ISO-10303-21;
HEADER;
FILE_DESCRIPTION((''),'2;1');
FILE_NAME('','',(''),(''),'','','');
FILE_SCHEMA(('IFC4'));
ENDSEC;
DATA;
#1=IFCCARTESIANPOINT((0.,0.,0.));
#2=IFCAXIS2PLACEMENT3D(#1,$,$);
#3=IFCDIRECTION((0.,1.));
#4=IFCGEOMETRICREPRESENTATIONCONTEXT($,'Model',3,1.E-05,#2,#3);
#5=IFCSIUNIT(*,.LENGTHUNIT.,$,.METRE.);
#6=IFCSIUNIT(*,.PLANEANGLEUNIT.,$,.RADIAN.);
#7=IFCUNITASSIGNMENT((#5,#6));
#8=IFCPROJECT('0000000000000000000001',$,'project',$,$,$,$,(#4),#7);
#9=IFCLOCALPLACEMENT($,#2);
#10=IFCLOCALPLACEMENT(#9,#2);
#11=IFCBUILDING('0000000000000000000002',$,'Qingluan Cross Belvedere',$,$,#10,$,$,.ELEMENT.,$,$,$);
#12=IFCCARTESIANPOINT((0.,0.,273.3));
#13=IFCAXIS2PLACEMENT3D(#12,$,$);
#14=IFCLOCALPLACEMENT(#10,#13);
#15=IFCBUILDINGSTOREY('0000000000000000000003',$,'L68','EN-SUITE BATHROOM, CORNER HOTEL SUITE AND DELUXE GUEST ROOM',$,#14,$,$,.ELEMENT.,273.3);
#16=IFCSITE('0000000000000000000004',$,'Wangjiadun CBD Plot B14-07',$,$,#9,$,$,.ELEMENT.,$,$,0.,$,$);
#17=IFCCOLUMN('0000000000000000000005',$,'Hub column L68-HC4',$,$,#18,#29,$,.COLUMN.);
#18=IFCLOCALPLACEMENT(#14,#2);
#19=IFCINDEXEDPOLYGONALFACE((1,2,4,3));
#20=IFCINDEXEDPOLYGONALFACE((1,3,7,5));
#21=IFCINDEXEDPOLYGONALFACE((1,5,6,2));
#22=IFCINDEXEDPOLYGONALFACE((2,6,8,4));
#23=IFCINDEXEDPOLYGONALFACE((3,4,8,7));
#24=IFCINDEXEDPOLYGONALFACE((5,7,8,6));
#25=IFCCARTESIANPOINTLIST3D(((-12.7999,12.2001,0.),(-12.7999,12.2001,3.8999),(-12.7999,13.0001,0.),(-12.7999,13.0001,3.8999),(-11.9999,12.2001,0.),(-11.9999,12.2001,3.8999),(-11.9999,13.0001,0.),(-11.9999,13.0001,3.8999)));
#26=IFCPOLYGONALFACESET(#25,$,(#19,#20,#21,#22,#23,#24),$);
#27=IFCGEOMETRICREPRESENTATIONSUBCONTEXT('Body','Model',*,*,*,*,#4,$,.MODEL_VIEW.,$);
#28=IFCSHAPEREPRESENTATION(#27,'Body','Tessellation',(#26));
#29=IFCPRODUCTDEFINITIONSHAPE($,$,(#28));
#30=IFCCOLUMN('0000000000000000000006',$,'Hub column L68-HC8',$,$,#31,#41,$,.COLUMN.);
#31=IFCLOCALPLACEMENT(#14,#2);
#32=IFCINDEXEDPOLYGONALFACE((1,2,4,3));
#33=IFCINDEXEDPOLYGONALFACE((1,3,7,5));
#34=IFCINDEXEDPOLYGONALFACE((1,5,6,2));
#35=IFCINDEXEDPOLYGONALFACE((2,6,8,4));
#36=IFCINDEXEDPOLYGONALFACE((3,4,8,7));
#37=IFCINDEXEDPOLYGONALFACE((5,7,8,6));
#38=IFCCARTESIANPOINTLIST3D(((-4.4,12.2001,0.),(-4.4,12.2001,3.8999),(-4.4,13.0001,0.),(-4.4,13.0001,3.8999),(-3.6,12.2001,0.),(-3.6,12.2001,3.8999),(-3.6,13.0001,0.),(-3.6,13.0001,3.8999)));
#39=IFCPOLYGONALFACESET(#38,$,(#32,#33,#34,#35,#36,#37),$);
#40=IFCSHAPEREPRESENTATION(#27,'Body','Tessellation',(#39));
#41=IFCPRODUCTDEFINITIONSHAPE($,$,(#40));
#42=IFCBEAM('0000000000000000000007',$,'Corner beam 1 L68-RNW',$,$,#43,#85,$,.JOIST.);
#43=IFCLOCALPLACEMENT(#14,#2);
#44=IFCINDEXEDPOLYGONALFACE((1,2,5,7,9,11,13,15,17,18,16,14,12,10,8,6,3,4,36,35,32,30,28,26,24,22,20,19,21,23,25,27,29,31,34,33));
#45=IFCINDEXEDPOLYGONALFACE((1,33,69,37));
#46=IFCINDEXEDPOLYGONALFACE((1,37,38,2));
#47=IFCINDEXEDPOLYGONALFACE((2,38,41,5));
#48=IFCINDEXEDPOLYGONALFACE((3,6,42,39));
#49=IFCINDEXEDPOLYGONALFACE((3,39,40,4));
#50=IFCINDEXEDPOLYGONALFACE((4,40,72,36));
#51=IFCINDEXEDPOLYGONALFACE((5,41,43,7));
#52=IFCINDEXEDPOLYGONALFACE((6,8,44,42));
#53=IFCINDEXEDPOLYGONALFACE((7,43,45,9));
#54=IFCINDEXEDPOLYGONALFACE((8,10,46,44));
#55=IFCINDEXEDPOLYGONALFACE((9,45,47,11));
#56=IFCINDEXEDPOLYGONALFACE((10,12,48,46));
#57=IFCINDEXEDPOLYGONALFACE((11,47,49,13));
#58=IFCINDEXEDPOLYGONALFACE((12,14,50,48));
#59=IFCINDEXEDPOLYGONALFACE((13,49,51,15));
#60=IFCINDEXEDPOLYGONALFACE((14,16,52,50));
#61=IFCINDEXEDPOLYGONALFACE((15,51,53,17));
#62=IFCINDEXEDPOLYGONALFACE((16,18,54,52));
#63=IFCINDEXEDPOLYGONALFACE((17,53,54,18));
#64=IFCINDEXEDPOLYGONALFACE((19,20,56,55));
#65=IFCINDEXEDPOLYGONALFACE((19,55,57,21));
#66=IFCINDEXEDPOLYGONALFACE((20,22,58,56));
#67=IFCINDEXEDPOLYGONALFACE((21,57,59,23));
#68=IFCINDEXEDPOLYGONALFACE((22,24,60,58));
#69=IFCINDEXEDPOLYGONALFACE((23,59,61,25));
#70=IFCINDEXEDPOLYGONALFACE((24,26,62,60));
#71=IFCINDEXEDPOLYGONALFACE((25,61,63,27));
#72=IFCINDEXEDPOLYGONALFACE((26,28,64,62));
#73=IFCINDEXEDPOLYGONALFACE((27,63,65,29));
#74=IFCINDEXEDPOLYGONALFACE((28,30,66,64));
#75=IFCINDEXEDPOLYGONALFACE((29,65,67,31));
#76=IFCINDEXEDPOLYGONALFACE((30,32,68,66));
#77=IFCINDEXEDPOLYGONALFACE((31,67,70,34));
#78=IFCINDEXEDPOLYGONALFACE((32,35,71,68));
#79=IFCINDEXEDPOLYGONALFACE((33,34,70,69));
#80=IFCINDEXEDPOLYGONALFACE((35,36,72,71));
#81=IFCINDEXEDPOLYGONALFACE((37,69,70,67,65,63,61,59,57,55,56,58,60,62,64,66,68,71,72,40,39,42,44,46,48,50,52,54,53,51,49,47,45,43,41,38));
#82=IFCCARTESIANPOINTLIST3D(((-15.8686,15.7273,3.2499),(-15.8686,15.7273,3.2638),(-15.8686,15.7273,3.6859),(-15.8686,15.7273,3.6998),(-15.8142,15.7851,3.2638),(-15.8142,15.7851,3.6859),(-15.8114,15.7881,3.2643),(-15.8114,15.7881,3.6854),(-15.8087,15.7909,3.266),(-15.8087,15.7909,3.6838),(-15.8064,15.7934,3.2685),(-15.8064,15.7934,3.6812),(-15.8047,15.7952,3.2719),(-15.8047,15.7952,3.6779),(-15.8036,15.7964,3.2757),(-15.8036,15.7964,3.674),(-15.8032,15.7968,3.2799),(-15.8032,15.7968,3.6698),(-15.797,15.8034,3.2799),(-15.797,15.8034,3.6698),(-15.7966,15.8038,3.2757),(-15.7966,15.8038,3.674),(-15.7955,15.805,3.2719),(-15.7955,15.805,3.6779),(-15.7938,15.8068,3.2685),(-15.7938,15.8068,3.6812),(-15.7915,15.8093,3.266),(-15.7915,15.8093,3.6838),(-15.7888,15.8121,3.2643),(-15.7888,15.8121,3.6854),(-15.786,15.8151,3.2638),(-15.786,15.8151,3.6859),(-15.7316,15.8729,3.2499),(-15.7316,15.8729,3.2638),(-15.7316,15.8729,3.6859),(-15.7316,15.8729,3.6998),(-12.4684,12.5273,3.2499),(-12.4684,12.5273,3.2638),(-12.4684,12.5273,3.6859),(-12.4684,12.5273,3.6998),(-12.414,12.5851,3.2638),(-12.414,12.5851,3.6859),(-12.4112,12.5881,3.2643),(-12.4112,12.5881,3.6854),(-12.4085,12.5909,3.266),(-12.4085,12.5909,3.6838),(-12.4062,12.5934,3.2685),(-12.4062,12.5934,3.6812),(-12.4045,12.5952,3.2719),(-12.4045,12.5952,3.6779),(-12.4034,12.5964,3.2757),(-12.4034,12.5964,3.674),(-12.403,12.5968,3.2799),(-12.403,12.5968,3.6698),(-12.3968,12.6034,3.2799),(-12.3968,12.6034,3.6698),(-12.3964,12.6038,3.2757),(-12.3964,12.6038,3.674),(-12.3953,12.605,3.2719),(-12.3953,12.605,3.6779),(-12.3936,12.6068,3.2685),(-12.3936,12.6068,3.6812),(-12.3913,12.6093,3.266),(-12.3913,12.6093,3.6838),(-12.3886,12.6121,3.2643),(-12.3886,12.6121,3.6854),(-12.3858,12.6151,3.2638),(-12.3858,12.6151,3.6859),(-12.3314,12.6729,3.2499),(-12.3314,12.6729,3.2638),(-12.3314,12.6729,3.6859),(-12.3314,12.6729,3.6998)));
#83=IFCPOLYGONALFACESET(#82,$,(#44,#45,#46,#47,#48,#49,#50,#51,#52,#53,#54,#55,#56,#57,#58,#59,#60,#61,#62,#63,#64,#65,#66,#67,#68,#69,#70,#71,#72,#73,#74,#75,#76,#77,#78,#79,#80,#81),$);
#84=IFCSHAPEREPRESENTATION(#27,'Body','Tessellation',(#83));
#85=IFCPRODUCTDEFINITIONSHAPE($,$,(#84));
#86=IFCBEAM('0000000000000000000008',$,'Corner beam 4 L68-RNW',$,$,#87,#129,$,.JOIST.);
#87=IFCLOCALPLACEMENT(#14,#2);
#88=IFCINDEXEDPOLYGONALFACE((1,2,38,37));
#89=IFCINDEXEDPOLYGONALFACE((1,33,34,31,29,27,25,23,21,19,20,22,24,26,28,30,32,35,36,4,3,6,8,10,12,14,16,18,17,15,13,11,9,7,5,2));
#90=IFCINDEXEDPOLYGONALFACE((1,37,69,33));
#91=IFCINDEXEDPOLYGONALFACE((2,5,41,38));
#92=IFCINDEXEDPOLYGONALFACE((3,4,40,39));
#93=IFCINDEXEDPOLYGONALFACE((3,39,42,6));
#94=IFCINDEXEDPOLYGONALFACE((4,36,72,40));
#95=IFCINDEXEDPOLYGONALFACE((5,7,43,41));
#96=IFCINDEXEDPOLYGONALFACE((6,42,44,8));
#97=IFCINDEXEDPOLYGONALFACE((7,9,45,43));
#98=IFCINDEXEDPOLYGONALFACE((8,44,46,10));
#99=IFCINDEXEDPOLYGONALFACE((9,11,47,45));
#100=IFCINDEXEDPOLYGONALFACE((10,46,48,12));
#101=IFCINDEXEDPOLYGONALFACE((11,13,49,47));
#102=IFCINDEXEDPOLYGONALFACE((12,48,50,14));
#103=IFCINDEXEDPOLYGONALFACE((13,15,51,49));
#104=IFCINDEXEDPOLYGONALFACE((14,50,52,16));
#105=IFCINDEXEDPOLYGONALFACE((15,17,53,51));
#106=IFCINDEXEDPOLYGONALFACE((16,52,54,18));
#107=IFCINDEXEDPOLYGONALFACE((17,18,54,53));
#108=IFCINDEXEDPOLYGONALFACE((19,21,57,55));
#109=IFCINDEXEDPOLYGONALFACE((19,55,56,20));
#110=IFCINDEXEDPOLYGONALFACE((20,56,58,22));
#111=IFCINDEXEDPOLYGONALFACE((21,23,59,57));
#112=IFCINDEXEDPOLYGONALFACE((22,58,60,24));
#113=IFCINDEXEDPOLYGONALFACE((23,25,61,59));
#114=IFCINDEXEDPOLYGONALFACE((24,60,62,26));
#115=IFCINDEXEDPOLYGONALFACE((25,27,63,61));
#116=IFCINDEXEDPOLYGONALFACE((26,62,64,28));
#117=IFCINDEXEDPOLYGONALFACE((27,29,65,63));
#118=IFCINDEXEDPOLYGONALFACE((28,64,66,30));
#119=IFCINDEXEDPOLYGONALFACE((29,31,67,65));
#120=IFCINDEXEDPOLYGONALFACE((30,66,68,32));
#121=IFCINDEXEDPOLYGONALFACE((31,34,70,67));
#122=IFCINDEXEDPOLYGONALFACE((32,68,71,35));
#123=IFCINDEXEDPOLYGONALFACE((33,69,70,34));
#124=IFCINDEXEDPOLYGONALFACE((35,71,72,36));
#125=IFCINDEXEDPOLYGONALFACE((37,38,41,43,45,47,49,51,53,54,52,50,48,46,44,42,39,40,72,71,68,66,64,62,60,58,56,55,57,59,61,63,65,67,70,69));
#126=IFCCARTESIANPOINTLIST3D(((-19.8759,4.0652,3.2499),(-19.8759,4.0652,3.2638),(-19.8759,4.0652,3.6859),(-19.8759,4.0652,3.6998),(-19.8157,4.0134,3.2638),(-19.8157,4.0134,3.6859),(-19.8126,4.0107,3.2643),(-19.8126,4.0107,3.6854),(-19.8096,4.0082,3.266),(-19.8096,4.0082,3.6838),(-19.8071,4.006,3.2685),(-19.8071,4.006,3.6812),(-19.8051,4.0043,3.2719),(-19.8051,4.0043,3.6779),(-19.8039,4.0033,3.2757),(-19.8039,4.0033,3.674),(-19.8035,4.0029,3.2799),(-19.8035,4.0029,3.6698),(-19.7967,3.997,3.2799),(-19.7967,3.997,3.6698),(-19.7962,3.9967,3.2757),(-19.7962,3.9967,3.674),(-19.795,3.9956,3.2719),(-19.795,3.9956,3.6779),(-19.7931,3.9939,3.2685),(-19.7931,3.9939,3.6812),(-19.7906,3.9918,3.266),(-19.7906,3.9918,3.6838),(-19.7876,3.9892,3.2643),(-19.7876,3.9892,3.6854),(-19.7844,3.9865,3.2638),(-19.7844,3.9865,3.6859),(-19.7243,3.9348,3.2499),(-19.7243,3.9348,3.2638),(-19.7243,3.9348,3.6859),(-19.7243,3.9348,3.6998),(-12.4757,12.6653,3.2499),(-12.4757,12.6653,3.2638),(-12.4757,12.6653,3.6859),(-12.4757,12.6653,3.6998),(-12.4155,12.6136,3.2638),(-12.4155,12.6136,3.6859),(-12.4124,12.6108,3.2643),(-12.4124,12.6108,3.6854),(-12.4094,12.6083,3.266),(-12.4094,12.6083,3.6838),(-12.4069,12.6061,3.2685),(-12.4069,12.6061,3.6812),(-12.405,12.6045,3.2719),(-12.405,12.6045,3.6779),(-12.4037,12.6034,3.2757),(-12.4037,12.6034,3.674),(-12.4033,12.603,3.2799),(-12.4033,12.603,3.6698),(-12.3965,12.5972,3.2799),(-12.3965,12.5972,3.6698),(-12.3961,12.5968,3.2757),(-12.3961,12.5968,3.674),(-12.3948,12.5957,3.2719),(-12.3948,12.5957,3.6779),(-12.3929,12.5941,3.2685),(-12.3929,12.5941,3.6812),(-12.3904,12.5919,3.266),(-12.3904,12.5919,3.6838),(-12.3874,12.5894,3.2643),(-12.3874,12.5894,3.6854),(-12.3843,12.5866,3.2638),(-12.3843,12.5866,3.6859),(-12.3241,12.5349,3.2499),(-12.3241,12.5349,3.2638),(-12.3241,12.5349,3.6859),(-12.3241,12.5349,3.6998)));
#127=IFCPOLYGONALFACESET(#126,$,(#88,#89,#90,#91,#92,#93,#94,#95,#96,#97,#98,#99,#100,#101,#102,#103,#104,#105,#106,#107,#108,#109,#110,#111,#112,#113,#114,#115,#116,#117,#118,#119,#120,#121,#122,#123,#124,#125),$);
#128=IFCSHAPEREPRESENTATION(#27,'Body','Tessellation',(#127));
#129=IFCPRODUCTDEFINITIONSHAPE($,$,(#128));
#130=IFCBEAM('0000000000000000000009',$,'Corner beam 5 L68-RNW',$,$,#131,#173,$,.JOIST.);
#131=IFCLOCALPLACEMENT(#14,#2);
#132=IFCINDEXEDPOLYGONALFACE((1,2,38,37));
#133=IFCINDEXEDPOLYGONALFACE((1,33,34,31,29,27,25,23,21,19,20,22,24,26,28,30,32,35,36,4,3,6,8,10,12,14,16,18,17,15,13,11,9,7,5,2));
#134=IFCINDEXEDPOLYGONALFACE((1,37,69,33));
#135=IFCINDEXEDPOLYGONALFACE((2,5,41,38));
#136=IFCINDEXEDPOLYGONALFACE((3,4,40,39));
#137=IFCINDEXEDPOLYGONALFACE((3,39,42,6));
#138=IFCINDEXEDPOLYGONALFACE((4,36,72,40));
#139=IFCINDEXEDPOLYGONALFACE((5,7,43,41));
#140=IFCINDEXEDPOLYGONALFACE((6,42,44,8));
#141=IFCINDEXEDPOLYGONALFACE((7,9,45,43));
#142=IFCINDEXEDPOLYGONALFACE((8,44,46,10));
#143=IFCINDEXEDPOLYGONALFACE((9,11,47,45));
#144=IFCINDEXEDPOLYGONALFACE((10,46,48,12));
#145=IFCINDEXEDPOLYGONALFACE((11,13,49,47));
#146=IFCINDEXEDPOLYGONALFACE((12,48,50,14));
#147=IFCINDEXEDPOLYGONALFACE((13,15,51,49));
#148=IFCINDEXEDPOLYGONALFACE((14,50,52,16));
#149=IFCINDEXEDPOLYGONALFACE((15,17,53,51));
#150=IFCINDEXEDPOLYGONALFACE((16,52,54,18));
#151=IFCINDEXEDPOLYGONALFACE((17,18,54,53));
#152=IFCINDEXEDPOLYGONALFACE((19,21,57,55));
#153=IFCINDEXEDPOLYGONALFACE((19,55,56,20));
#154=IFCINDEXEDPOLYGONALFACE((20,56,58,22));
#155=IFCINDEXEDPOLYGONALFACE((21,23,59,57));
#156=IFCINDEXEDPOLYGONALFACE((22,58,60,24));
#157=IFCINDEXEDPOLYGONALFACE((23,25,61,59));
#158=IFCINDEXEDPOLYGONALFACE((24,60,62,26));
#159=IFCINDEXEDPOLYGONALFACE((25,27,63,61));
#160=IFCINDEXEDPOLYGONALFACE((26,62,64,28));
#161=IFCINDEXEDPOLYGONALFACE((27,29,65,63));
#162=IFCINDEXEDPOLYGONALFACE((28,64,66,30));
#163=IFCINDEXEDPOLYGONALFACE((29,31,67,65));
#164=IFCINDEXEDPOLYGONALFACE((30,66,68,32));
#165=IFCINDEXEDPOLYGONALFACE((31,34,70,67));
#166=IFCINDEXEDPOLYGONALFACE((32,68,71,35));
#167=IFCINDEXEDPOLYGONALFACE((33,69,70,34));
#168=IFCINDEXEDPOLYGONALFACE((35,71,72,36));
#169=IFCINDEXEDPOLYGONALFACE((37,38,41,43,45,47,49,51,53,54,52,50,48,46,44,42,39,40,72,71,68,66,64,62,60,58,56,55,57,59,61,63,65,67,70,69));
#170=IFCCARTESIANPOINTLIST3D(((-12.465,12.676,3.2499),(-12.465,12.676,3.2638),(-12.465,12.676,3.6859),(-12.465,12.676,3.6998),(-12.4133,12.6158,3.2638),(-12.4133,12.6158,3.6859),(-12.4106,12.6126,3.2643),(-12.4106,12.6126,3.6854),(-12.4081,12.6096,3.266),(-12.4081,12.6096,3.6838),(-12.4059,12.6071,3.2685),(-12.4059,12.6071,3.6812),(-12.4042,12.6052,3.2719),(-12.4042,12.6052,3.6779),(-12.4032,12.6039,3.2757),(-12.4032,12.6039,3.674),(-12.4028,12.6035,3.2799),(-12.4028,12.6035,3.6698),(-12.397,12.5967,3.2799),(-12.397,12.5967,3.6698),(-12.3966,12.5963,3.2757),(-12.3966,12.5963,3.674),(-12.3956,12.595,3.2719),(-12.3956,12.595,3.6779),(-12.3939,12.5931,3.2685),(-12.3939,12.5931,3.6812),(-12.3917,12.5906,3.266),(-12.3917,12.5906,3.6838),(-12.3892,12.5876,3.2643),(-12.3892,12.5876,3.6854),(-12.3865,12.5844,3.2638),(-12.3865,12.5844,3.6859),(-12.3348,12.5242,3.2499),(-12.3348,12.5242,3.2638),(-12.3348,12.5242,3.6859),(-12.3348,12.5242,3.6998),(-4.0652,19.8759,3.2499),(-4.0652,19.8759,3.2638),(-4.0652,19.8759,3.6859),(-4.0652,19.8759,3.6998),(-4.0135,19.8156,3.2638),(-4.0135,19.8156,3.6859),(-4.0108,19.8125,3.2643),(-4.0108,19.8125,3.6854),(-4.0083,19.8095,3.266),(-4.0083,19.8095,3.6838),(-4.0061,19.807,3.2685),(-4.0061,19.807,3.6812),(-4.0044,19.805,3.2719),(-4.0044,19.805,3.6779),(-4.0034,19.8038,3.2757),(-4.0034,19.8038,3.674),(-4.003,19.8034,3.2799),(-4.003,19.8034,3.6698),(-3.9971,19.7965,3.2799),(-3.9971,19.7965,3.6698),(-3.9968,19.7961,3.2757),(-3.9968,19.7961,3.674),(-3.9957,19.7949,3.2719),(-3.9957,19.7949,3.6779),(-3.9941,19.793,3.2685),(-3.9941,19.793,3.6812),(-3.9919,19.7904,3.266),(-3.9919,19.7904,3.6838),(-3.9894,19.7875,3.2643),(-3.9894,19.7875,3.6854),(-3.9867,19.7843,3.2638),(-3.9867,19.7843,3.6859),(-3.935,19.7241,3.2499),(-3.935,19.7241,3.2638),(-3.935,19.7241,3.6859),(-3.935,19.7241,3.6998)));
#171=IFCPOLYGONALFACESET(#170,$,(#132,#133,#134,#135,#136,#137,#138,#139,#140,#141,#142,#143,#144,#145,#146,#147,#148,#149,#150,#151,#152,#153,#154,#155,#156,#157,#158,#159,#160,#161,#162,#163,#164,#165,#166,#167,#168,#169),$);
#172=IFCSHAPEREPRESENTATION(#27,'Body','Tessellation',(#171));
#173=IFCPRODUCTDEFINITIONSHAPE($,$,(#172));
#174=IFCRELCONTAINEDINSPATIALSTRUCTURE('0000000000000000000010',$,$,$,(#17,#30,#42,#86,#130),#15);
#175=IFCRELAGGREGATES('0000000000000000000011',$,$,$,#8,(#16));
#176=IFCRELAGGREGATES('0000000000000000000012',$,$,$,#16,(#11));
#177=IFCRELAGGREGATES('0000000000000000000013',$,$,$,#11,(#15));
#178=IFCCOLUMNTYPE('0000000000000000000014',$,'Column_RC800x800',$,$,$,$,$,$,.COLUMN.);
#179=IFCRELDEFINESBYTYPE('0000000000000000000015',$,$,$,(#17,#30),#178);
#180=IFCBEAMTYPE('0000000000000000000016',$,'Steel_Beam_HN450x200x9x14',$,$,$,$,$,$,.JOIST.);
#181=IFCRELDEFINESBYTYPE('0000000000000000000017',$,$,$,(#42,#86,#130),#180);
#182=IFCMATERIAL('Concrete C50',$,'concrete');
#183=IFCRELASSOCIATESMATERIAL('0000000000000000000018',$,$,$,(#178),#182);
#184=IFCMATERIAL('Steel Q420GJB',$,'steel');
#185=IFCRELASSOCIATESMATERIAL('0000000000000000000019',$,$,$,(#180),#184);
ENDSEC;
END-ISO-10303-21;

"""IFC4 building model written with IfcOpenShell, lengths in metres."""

from ifc_helpers import new_model, si_unit, direction, frame, origin, origin_2d, place, context, subcontext, project, spatial, rectangle, i_section, extrude, material, material_profile, profile_set, type_object, element, save


model = new_model("IFC4")

# Units and contexts
model_context = context("Model", 3, precision=1e-05, world=origin(), true_north=direction((0.0, 1.0)))
body_context = subcontext(model_context, "Body", "Model", "MODEL_VIEW")
ifc_project = project(units=[si_unit("LENGTHUNIT", "METRE"), si_unit("PLANEANGLEUNIT", "RADIAN")], contexts=[model_context])

# Site, building, storey
site_placement = place(None, origin())
site = spatial("IfcSite", under=ifc_project, at=site_placement, Name="Wangjiadun CBD Plot B14-07", CompositionType="ELEMENT", RefElevation=0.0)
building_placement = place(site_placement, origin())
building = spatial("IfcBuilding", under=site, at=building_placement, Name="Qingluan Cross Belvedere", CompositionType="ELEMENT")
storey_placement = place(building_placement, frame((0.0, 0.0, 273.3)))
storey = spatial("IfcBuildingStorey", under=building, at=storey_placement, Name="L68", Description="EN-SUITE BATHROOM, CORNER HOTEL SUITE AND DELUXE GUEST ROOM", CompositionType="ELEMENT", Elevation=273.3)

# Columns
ifc_material_1 = material(Name="Concrete C50", Category="concrete")
ifc_material_profile_1 = material_profile(ifc_material_1, rectangle(XDim=0.8, YDim=0.8, at=origin_2d()), Name="RC800x800")
ifc_profile_set_1 = profile_set([ifc_material_profile_1], Name="Concrete C50")
column_type = type_object("IfcColumnType", Name="Column_RC800x800", PredefinedType="COLUMN", material=ifc_profile_set_1)
for number, where, z_axis, x_axis, name in (
    (1, (-12.3999, 12.6001, 0.0), (0.0, 0.0, 1.0), (1.0, 0.0, 0.0), "Hub column L68-HC4"),
    (2, (-4.0, 12.6001, 0.0), (0.0, 0.0, 1.0), (1.0, 0.0, 0.0), "Hub column L68-HC8"),
):
    element("IfcColumn", number, at=place(storey_placement, frame(where, z_axis=z_axis, x_axis=x_axis)), inside=storey, type_object=column_type, Name=name, PredefinedType="COLUMN", context=body_context, shape_type="SweptSolid", body=[
        extrude(rectangle(XDim=0.8, YDim=0.8, at=origin_2d()), origin(), (0.0, 0.0, 1.0), 3.8999),
    ])

# Beams
ifc_material_2 = material(Name="Steel Q420GJB", Category="steel")
ifc_material_profile_2 = material_profile(ifc_material_2, i_section(OverallWidth=0.2, OverallDepth=0.45, WebThickness=0.009, FlangeThickness=0.0139, FilletRadius=0.0161, at=origin_2d()), Name="HN450x200x9x14")
ifc_profile_set_2 = profile_set([ifc_material_profile_2], Name="Steel Q420GJB")
beam_type_1 = type_object("IfcBeamType", Name="Steel_Beam_HN450x200x9x14", PredefinedType="JOIST", material=ifc_profile_set_2)
beam_1_placement = place(storey_placement, frame((-12.3999, 12.6001, 3.4749), z_axis=(-0.72822, 0.685343, 0.0), x_axis=(-0.685343, -0.72822, 0.0)))
element("IfcBeam", 3, at=beam_1_placement, inside=storey, type_object=beam_type_1, Name="Corner beam 1 L68-RNW", PredefinedType="JOIST", context=body_context, shape_type="SweptSolid", body=[
    extrude(i_section(OverallWidth=0.2, OverallDepth=0.45, WebThickness=0.009, FlangeThickness=0.0139, FilletRadius=0.0161, at=origin_2d()), origin(), (0.0, 0.0, 1.0), 4.6692),
])
beam_2_placement = place(storey_placement, frame((-12.3999, 12.6001, 3.4749), z_axis=(-0.652245, -0.758008, 0.0), x_axis=(0.758008, -0.652245, 0.0)))
element("IfcBeam", 4, at=beam_2_placement, inside=storey, type_object=beam_type_1, Name="Corner beam 4 L68-RNW", PredefinedType="JOIST", context=body_context, shape_type="SweptSolid", body=[
    extrude(i_section(OverallWidth=0.2, OverallDepth=0.45, WebThickness=0.009, FlangeThickness=0.0139, FilletRadius=0.0161, at=origin_2d()), origin(), (0.0, 0.0, 1.0), 11.3457),
])
beam_3_placement = place(storey_placement, frame((-12.3999, 12.6001, 3.4749), z_axis=(0.759255, 0.650793, 0.0), x_axis=(-0.650793, 0.759255, 0.0)))
element("IfcBeam", 5, at=beam_3_placement, inside=storey, type_object=beam_type_1, Name="Corner beam 5 L68-RNW", PredefinedType="JOIST", context=body_context, shape_type="SweptSolid", body=[
    extrude(i_section(OverallWidth=0.2, OverallDepth=0.45, WebThickness=0.009, FlangeThickness=0.0139, FilletRadius=0.0161, at=origin_2d()), origin(), (0.0, 0.0, 1.0), 11.0632),
])

save(model, "model.ifc")
